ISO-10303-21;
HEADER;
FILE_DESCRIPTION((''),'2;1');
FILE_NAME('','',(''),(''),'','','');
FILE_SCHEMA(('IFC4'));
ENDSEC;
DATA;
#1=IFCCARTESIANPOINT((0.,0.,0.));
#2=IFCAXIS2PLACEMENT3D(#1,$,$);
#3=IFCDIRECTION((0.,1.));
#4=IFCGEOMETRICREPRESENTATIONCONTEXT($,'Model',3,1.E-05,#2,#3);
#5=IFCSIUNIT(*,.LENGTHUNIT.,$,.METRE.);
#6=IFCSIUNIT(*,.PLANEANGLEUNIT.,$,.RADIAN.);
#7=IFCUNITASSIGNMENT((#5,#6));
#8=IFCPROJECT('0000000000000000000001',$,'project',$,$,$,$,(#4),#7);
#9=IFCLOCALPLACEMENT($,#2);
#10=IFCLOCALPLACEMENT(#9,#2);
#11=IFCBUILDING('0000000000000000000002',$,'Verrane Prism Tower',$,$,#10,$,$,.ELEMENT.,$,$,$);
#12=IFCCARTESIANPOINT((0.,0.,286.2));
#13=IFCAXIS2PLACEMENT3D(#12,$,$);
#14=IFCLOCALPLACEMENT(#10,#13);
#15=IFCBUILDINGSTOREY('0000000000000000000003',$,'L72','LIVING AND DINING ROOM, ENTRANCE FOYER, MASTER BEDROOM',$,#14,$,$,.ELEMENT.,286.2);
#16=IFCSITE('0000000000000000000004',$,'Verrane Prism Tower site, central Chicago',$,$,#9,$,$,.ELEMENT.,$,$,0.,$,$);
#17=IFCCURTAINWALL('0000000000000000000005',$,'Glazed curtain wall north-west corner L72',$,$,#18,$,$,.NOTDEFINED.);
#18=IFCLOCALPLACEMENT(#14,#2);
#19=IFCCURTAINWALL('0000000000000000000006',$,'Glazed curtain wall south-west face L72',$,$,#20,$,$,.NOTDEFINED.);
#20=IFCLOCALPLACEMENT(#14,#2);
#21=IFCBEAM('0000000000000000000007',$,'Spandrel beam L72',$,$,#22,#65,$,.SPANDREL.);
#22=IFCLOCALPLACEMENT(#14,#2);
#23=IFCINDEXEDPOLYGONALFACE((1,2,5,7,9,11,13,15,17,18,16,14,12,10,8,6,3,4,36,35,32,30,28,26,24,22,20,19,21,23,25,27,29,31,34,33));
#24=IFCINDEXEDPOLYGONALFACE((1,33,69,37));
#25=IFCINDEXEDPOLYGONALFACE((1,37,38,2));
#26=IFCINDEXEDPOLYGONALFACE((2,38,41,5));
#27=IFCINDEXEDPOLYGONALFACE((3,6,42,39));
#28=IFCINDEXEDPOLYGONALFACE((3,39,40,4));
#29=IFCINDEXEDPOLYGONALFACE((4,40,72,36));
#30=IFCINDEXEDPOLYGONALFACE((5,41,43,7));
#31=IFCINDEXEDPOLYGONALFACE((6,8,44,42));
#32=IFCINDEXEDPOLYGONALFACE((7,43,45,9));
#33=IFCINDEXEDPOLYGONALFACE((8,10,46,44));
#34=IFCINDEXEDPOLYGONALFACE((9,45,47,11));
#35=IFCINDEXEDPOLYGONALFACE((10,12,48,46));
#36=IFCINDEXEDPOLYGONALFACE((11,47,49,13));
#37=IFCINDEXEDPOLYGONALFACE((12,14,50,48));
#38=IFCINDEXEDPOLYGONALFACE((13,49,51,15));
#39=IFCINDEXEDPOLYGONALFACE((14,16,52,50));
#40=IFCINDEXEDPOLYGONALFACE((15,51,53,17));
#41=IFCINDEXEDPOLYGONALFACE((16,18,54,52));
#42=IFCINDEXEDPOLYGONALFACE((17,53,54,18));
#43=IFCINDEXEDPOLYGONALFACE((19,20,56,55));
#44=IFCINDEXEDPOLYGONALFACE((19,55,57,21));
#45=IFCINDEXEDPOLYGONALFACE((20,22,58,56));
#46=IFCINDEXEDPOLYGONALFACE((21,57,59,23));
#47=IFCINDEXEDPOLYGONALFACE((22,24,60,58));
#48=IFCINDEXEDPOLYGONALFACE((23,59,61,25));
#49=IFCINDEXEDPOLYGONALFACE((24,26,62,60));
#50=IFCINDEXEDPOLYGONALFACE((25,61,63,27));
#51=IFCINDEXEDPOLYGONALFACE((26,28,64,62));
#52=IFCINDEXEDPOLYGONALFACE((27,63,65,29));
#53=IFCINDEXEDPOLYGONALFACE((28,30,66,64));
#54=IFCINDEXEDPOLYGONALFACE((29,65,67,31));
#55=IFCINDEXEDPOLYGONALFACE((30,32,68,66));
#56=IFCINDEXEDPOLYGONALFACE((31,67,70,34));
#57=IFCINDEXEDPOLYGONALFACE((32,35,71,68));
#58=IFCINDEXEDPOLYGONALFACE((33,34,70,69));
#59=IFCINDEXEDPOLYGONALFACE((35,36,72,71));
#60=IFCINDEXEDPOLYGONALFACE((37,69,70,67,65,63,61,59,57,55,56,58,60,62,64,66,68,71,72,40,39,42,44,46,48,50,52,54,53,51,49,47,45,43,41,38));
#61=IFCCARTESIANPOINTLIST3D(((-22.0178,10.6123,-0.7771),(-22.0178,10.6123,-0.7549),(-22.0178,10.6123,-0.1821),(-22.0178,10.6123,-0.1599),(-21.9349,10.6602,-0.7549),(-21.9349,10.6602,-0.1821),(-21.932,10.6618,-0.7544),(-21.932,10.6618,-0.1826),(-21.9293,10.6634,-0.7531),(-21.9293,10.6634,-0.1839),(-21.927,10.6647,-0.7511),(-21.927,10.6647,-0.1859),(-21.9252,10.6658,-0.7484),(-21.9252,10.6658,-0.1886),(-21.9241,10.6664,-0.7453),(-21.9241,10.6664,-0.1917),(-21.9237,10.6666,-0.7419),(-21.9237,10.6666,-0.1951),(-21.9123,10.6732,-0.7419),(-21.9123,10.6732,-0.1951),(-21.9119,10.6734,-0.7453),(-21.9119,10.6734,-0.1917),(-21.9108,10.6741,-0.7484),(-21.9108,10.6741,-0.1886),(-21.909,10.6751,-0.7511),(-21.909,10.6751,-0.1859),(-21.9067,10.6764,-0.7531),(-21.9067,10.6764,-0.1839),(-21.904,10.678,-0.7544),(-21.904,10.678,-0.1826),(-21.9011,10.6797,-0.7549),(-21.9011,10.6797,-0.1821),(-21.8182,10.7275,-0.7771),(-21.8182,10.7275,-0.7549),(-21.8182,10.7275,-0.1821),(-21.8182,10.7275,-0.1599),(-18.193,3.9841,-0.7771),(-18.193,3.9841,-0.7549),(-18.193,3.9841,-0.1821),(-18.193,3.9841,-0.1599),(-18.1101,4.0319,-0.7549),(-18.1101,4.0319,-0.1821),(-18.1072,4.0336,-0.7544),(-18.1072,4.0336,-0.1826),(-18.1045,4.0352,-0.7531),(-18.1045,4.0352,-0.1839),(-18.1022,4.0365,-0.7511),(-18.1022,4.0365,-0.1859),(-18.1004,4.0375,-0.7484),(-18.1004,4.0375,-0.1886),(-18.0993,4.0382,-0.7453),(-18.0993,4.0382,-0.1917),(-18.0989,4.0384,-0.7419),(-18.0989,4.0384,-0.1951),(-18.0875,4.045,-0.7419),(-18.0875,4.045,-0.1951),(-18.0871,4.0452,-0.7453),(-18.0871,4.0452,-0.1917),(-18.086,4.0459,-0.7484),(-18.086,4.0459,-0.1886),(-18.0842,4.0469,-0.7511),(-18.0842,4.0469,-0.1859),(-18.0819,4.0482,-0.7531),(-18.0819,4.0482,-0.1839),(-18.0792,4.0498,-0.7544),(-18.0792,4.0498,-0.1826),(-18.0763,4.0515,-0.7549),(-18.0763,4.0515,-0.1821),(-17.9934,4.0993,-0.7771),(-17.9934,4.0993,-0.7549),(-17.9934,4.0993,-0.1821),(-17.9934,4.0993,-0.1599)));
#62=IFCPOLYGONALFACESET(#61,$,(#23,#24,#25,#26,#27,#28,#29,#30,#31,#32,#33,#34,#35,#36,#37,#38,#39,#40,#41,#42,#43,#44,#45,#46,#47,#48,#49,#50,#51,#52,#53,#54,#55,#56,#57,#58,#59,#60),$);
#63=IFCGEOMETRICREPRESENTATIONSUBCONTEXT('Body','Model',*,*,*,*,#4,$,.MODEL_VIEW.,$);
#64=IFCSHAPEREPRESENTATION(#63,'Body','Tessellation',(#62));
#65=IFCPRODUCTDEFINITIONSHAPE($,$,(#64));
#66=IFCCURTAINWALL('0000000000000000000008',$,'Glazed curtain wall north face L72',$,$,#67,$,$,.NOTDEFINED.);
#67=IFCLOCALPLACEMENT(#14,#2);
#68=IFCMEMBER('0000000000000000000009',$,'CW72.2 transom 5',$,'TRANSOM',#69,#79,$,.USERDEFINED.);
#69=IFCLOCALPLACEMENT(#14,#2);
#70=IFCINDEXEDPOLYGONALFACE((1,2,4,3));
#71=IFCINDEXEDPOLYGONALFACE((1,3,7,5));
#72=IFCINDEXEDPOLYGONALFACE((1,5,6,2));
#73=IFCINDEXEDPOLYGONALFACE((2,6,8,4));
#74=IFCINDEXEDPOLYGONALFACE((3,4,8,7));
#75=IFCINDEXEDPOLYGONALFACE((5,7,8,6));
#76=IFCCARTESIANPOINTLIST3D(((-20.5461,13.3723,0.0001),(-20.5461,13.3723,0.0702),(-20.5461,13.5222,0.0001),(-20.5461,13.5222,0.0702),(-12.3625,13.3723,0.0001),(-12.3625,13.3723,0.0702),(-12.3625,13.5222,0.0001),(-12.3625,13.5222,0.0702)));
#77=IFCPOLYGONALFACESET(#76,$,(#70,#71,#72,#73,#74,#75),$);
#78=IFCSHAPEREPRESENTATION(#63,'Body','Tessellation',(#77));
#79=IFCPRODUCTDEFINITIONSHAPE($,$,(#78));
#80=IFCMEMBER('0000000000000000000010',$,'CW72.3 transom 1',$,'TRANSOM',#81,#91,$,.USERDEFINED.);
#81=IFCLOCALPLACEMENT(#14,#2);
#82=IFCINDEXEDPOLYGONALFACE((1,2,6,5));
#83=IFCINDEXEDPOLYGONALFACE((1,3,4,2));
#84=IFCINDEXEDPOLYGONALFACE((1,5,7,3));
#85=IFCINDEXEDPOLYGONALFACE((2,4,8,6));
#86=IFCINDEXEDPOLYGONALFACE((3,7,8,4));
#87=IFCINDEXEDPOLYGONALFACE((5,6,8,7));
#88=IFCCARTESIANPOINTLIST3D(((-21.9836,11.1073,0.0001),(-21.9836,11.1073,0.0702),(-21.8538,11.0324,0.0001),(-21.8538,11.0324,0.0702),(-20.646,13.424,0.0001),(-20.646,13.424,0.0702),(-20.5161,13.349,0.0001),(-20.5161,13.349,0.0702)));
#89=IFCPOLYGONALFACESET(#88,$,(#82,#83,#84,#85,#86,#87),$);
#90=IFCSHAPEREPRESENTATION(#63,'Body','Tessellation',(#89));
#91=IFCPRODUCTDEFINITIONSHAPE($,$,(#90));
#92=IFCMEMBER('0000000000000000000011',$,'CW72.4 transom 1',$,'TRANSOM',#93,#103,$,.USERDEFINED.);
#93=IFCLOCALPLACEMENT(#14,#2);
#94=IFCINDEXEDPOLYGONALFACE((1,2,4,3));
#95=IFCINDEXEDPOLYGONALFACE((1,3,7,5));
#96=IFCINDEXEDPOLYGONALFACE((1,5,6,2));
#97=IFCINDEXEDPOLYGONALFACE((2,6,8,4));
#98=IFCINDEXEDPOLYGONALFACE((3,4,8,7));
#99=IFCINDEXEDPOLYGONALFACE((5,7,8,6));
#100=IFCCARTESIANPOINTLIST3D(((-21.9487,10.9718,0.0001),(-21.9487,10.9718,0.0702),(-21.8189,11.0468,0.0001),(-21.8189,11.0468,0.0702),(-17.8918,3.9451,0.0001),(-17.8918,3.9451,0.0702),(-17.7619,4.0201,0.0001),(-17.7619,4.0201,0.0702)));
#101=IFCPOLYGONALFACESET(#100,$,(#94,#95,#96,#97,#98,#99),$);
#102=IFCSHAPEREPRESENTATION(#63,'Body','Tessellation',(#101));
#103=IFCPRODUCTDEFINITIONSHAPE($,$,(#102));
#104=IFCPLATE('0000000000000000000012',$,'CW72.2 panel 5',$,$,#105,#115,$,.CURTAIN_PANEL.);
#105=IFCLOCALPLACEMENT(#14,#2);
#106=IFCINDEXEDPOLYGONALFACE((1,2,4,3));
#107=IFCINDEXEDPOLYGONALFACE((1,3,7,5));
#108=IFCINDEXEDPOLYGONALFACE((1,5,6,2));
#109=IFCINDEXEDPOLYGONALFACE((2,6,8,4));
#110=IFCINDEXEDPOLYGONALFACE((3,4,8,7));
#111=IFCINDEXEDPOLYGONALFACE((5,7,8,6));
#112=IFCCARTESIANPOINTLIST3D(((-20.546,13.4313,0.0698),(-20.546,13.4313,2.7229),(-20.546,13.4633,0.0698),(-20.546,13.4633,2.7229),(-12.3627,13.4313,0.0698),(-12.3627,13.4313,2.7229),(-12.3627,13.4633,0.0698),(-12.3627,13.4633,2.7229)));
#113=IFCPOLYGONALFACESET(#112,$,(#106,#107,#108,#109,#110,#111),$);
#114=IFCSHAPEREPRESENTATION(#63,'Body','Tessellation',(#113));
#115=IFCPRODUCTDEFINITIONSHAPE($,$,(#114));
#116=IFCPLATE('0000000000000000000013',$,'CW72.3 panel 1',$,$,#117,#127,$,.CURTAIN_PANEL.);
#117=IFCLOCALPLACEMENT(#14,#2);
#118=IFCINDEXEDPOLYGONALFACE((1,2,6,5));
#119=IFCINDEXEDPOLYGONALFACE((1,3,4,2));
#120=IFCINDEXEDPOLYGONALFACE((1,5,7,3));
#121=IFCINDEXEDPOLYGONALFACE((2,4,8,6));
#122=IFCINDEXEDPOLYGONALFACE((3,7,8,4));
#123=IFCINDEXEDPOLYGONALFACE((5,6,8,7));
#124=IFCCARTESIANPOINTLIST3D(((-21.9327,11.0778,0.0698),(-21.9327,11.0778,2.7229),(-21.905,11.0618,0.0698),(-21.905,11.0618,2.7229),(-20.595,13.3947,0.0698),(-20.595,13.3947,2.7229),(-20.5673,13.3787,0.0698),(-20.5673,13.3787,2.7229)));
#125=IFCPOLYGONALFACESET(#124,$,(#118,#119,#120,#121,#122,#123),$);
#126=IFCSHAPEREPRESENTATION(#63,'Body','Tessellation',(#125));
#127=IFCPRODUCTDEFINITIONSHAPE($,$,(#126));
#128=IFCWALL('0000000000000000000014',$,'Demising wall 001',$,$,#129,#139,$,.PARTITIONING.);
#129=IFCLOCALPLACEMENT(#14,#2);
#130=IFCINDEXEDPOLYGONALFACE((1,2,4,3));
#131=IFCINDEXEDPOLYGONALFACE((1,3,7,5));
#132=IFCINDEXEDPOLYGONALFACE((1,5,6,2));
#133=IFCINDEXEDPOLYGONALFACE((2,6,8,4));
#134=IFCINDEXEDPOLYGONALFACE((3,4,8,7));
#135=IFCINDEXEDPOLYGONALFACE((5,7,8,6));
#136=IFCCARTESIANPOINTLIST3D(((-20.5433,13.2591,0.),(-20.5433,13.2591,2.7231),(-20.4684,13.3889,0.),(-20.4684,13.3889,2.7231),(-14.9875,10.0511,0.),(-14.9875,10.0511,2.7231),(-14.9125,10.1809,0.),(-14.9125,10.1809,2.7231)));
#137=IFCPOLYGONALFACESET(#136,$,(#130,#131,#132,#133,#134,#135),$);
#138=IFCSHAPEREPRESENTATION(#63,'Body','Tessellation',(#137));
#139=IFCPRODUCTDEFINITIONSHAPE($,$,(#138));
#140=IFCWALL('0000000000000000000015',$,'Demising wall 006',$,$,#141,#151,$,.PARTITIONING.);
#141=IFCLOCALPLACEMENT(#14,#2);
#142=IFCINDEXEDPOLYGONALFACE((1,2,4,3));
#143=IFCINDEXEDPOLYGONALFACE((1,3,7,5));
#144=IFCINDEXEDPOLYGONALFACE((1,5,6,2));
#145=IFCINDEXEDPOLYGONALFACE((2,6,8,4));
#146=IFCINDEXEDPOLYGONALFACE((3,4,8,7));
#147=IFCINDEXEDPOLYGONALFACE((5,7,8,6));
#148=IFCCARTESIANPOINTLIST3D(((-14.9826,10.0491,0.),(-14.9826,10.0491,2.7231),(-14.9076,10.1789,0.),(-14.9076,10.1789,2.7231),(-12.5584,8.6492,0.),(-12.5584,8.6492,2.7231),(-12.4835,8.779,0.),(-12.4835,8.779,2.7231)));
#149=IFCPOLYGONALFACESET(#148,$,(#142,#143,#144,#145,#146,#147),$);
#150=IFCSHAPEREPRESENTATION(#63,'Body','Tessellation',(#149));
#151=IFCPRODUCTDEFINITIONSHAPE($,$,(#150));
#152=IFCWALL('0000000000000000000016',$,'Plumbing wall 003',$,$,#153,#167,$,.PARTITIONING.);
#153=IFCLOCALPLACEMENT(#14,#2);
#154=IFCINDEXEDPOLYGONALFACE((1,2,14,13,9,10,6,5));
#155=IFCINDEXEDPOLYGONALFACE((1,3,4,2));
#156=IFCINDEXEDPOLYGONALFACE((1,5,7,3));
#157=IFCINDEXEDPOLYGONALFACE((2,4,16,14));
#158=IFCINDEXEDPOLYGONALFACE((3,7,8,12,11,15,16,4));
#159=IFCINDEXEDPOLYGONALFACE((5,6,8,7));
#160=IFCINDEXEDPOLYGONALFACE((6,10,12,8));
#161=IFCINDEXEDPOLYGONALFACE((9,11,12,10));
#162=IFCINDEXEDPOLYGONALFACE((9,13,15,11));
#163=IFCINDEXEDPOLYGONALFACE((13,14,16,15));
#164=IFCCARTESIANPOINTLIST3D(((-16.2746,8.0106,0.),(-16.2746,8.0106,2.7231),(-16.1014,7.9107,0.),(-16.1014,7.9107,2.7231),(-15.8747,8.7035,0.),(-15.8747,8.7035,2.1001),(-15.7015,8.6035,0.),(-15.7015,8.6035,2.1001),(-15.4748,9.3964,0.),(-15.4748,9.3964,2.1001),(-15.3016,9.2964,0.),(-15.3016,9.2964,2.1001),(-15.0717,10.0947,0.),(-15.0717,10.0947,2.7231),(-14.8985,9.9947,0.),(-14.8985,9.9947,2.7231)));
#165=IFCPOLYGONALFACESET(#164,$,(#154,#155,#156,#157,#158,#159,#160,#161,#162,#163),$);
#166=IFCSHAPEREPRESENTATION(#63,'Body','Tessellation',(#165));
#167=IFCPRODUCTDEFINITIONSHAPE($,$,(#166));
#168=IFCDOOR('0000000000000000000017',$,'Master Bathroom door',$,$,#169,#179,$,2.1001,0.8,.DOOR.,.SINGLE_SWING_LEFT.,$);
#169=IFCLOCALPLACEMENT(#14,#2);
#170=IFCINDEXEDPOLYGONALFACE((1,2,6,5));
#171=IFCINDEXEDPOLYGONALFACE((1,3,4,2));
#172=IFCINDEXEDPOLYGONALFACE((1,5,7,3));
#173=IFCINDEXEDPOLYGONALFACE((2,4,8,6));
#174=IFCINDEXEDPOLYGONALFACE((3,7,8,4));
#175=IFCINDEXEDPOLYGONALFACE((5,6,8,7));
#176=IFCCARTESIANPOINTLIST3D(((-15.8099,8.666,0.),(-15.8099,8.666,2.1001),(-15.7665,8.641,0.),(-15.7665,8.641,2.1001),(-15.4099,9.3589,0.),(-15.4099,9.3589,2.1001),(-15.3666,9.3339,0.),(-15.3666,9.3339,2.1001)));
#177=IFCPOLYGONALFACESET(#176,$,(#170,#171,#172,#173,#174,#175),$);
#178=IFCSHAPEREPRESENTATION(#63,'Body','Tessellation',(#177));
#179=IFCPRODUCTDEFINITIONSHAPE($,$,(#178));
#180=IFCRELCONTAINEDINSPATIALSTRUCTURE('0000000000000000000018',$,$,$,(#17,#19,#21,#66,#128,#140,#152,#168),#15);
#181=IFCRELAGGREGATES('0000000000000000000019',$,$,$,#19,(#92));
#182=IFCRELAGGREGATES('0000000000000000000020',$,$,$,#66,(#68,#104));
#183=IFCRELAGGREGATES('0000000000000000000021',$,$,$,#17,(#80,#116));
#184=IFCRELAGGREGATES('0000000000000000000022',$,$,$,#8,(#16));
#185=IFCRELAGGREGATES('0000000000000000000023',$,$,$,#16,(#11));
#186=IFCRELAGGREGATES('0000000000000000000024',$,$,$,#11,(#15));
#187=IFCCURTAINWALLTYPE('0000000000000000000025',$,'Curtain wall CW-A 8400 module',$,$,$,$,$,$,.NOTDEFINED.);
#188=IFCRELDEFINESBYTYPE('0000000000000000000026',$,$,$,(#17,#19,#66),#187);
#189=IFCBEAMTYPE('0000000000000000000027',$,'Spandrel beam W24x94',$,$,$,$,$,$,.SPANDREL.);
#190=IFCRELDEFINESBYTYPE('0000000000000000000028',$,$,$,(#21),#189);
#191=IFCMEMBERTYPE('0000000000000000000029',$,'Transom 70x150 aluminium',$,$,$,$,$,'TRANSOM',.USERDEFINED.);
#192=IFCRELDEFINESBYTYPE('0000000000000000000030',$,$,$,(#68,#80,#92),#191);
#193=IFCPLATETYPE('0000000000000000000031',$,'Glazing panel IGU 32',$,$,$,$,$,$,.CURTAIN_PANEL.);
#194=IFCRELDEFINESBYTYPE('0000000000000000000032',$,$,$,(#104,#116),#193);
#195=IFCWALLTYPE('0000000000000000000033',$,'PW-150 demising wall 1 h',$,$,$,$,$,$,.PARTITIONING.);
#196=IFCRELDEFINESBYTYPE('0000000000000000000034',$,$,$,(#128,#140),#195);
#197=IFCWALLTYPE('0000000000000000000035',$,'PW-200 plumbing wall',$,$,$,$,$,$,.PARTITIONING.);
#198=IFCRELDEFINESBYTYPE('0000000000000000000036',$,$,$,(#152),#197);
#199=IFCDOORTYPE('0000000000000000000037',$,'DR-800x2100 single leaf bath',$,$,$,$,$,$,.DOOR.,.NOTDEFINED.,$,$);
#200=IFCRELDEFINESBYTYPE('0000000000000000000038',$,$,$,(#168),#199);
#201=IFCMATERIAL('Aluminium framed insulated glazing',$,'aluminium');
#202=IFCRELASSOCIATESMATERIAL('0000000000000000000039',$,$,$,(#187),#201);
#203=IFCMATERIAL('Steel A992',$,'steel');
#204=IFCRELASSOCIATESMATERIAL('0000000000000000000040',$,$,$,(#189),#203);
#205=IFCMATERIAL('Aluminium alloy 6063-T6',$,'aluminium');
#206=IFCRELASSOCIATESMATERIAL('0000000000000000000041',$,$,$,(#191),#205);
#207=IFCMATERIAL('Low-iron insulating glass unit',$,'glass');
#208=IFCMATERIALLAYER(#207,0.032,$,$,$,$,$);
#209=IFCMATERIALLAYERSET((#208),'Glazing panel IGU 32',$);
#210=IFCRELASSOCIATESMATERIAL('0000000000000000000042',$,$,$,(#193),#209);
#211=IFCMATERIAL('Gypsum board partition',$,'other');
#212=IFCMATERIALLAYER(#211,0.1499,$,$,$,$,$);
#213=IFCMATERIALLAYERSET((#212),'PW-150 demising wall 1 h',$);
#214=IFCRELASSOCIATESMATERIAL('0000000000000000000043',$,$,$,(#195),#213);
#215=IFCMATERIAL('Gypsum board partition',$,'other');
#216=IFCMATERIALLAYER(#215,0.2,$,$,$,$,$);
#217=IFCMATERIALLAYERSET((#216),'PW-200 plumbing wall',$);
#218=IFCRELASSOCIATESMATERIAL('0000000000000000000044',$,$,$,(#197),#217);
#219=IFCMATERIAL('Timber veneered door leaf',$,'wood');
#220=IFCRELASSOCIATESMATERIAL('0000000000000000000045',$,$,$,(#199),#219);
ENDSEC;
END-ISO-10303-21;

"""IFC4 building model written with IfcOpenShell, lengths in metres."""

from ifc_helpers import new_model, si_unit, direction, frame, frame_2d, origin, origin_2d, place, context, subcontext, project, spatial, rectangle, i_section, extrude, material, layer, layer_set, material_profile, profile_set, type_object, element, fill, aggregate, save


model = new_model("IFC4")

# Units and contexts
model_context = context("Model", 3, precision=1e-05, world=origin(), true_north=direction((0.0, 1.0)))
body_context = subcontext(model_context, "Body", "Model", "MODEL_VIEW")
ifc_project = project(units=[si_unit("LENGTHUNIT", "METRE"), si_unit("PLANEANGLEUNIT", "RADIAN")], contexts=[model_context])

# Site, building, storey
site_placement = place(None, origin())
site = spatial("IfcSite", under=ifc_project, at=site_placement, Name="Verrane Prism Tower site, central Chicago", CompositionType="ELEMENT", RefElevation=0.0)
building_placement = place(site_placement, origin())
building = spatial("IfcBuilding", under=site, at=building_placement, Name="Verrane Prism Tower", CompositionType="ELEMENT")
storey_placement = place(building_placement, frame((0.0, 0.0, 286.2)))
storey = spatial("IfcBuildingStorey", under=building, at=storey_placement, Name="L72", Description="LIVING AND DINING ROOM, ENTRANCE FOYER, MASTER BEDROOM", CompositionType="ELEMENT", Elevation=286.2)

# Curtain walls
ifc_material_1 = material(Name="Aluminium framed insulated glazing", Category="aluminium")
curtain_wall_type = type_object("IfcCurtainWallType", Name="Curtain wall CW-A 8400 module", PredefinedType="NOTDEFINED", material=ifc_material_1)
curtain_wall_1_placement = place(storey_placement, origin())
curtain_wall_1 = element("IfcCurtainWall", 1, at=curtain_wall_1_placement, inside=storey, type_object=curtain_wall_type, Name="Glazed curtain wall north-west corner L72", PredefinedType="NOTDEFINED")
curtain_wall_2_placement = place(storey_placement, origin())
curtain_wall_2 = element("IfcCurtainWall", 2, at=curtain_wall_2_placement, inside=storey, type_object=curtain_wall_type, Name="Glazed curtain wall south-west face L72", PredefinedType="NOTDEFINED")

# Beam
ifc_material_2 = material(Name="Steel A992", Category="steel")
ifc_material_profile_1 = material_profile(ifc_material_2, i_section(OverallWidth=0.2305, OverallDepth=0.6172, WebThickness=0.0132, FlangeThickness=0.0222, FilletRadius=0.0129, at=origin_2d()), Name="W24x94")
ifc_profile_set_1 = profile_set([ifc_material_profile_1], Name="Steel A992")
beam_type_1 = type_object("IfcBeamType", Name="Spandrel beam W24x94", PredefinedType="SPANDREL", material=ifc_profile_set_1)
beam_1_placement = place(storey_placement, frame((-21.918, 10.6699, -0.4685), z_axis=(0.499797, -0.866143, 0.0), x_axis=(0.866143, 0.499797, 0.0)))
element("IfcBeam", 3, at=beam_1_placement, inside=storey, type_object=beam_type_1, Name="Spandrel beam L72", PredefinedType="SPANDREL", context=body_context, shape_type="SweptSolid", body=[
    extrude(i_section(OverallWidth=0.2305, OverallDepth=0.6172, WebThickness=0.0132, FlangeThickness=0.0222, FilletRadius=0.0129, at=origin_2d()), origin(), (0.0, 0.0, 1.0), 7.6526),
])

# Curtain wall, member
curtain_wall_3_placement = place(storey_placement, origin())
curtain_wall_3 = element("IfcCurtainWall", 4, at=curtain_wall_3_placement, inside=storey, type_object=curtain_wall_type, Name="Glazed curtain wall north face L72", PredefinedType="NOTDEFINED")
ifc_material_3 = material(Name="Aluminium alloy 6063-T6", Category="aluminium")
ifc_material_profile_2 = material_profile(ifc_material_3, rectangle(XDim=0.1499, YDim=0.0701, at=origin_2d()), Name="Transom 70x150 aluminium")
ifc_profile_set_2 = profile_set([ifc_material_profile_2], Name="Aluminium alloy 6063-T6")
member_type_1 = type_object("IfcMemberType", Name="Transom 70x150 aluminium", ElementType="TRANSOM", PredefinedType="USERDEFINED", material=ifc_profile_set_2)
member_1_placement = place(storey_placement, frame((-12.3625, 13.4473, 0.0352), z_axis=(-1.0, 0.0, 0.0), x_axis=(0.0, -1.0, 0.0)))
member_1 = element("IfcMember", 5, at=member_1_placement, type_object=member_type_1, Name="CW72.2 transom 5", ObjectType="TRANSOM", PredefinedType="USERDEFINED", context=body_context, shape_type="SweptSolid", body=[
    extrude(rectangle(XDim=0.1499, YDim=0.0701, at=origin_2d()), origin(), (0.0, 0.0, 1.0), 8.1836),
])

# Members
member_2_placement = place(storey_placement, frame((-20.5811, 13.3865, 0.0352), z_axis=(-0.500036, -0.866005, 0.0), x_axis=(0.866005, -0.500036, 0.0)))
member_2 = element("IfcMember", 6, at=member_2_placement, type_object=member_type_1, Name="CW72.3 transom 1", ObjectType="TRANSOM", PredefinedType="USERDEFINED", context=body_context, shape_type="SweptSolid", body=[
    extrude(rectangle(XDim=0.1499, YDim=0.0701, at=origin_2d()), origin(), (0.0, 0.0, 1.0), 2.675),
])
member_3_placement = place(storey_placement, frame((-21.8838, 11.0093, 0.0352), z_axis=(0.500006, -0.866022, 0.0), x_axis=(0.866022, 0.500006, 0.0)))
member_3 = element("IfcMember", 7, at=member_3_placement, type_object=member_type_1, Name="CW72.4 transom 1", ObjectType="TRANSOM", PredefinedType="USERDEFINED", context=body_context, shape_type="SweptSolid", body=[
    extrude(rectangle(XDim=0.1499, YDim=0.0701, at=origin_2d()), origin(), (0.0, 0.0, 1.0), 8.1138),
])
aggregate(curtain_wall_2, [member_3])

# Plates
ifc_material_4 = material(Name="Low-iron insulating glass unit", Category="glass")
ifc_layer_1 = layer(ifc_material_4, 0.032)
ifc_layer_set_1 = layer_set([ifc_layer_1], Name="Glazing panel IGU 32")
plate_type = type_object("IfcPlateType", Name="Glazing panel IGU 32", PredefinedType="CURTAIN_PANEL", material=ifc_layer_set_1)
plate_1_placement = place(storey_placement, frame((-16.4543, 13.4473, 0.0698), z_axis=(0.0, 0.0, 1.0), x_axis=(-1.0, 0.0, 0.0)))
plate_1 = element("IfcPlate", 8, at=plate_1_placement, type_object=plate_type, Name="CW72.2 panel 5", PredefinedType="CURTAIN_PANEL", context=body_context, shape_type="SweptSolid", body=[
    extrude(rectangle(XDim=8.1833, YDim=0.032, at=origin_2d()), origin(), (0.0, 0.0, 1.0), 2.6531),
])
aggregate(curtain_wall_3, [member_1, plate_1])
plate_2_placement = place(storey_placement, frame((-21.25, 12.2283, 0.0698), z_axis=(0.0, 0.0, 1.0), x_axis=(-0.500002, -0.866024, 0.0)))
plate_2 = element("IfcPlate", 9, at=plate_2_placement, type_object=plate_type, Name="CW72.3 panel 1", PredefinedType="CURTAIN_PANEL", context=body_context, shape_type="SweptSolid", body=[
    extrude(rectangle(XDim=2.6753, YDim=0.032, at=origin_2d()), origin(), (0.0, 0.0, 1.0), 2.6531),
])
aggregate(curtain_wall_1, [member_2, plate_2])

# Walls
ifc_material_5 = material(Name="Gypsum board partition", Category="other")
ifc_layer_2 = layer(ifc_material_5, 0.1499)
ifc_layer_set_2 = layer_set([ifc_layer_2], Name="PW-150 demising wall 1 h")
wall_type_1 = type_object("IfcWallType", Name="PW-150 demising wall 1 h", PredefinedType="PARTITIONING", material=ifc_layer_set_2)
wall_1_placement = place(storey_placement, frame((-20.5059, 13.324, 0.0), z_axis=(0.0, 0.0, 1.0), x_axis=(0.866005, -0.500035, 0.0)))
element("IfcWall", 10, at=wall_1_placement, inside=storey, type_object=wall_type_1, Name="Demising wall 001", PredefinedType="PARTITIONING", context=body_context, shape_type="SweptSolid", body=[
    extrude(rectangle(XDim=6.4155, YDim=0.1499, at=frame_2d((3.2078, 0.0))), origin(), (0.0, 0.0, 1.0), 2.7231),
])
wall_2_placement = place(storey_placement, frame((-14.9451, 10.114, 0.0), z_axis=(0.0, 0.0, 1.0), x_axis=(0.865969, -0.500097, 0.0)))
element("IfcWall", 11, at=wall_2_placement, inside=storey, type_object=wall_type_1, Name="Demising wall 006", PredefinedType="PARTITIONING", context=body_context, shape_type="SweptSolid", body=[
    extrude(rectangle(XDim=2.7993, YDim=0.1499, at=frame_2d((1.3997, 0.0))), origin(), (0.0, 0.0, 1.0), 2.7231),
])

# Wall, opening, door
ifc_material_6 = material(Name="Gypsum board partition", Category="other")
ifc_layer_3 = layer(ifc_material_6, 0.2)
ifc_layer_set_3 = layer_set([ifc_layer_3], Name="PW-200 plumbing wall")
wall_type_2 = type_object("IfcWallType", Name="PW-200 plumbing wall", PredefinedType="PARTITIONING", material=ifc_layer_set_3)
wall_3_placement = place(storey_placement, frame((-14.9851, 10.0447, 0.0), z_axis=(0.0, 0.0, 1.0), x_axis=(-0.499904, -0.866081, 0.0)))
wall_3 = element("IfcWall", 12, at=wall_3_placement, inside=storey, type_object=wall_type_2, Name="Plumbing wall 003", PredefinedType="PARTITIONING", context=body_context, shape_type="SweptSolid", body=[
    extrude(rectangle(XDim=2.4062, YDim=0.2, at=frame_2d((1.2031, 0.0))), origin(), (0.0, 0.0, 1.0), 2.7231),
])
opening_placement = place(wall_3_placement, frame((0.8064, 0.0, 0.0)))
opening = element("IfcOpeningElement", 13, at=opening_placement, cuts=wall_3, PredefinedType="OPENING", context=body_context, shape_type="SweptSolid", body=[
    extrude(rectangle(XDim=0.8, YDim=2.1001, at=frame_2d((0.3999, 1.05))), frame((0.0, 0.1099, 0.0), z_axis=(0.0, -1.0, 0.0), x_axis=(1.0, 0.0, 0.0)), (0.0, 0.0, 1.0), 0.22),
])
ifc_material_7 = material(Name="Timber veneered door leaf", Category="wood")
door_type = type_object("IfcDoorType", Name="DR-800x2100 single leaf bath", OperationType="NOTDEFINED", PredefinedType="DOOR", material=ifc_material_7)
door_placement = place(opening_placement, origin())
door = element("IfcDoor", 14, at=door_placement, inside=storey, type_object=door_type, Name="Master Bathroom door", OperationType="SINGLE_SWING_LEFT", OverallHeight=2.1001, OverallWidth=0.8, PredefinedType="DOOR", context=body_context, shape_type="SweptSolid", body=[
    extrude(rectangle(XDim=0.8, YDim=2.1001, at=frame_2d((0.3999, 1.05))), frame((0.0, 0.0249, 0.0), z_axis=(0.0, -1.0, 0.0), x_axis=(1.0, 0.0, 0.0)), (0.0, 0.0, 1.0), 0.05),
])
fill(opening, door)

save(model, "model.ifc")
